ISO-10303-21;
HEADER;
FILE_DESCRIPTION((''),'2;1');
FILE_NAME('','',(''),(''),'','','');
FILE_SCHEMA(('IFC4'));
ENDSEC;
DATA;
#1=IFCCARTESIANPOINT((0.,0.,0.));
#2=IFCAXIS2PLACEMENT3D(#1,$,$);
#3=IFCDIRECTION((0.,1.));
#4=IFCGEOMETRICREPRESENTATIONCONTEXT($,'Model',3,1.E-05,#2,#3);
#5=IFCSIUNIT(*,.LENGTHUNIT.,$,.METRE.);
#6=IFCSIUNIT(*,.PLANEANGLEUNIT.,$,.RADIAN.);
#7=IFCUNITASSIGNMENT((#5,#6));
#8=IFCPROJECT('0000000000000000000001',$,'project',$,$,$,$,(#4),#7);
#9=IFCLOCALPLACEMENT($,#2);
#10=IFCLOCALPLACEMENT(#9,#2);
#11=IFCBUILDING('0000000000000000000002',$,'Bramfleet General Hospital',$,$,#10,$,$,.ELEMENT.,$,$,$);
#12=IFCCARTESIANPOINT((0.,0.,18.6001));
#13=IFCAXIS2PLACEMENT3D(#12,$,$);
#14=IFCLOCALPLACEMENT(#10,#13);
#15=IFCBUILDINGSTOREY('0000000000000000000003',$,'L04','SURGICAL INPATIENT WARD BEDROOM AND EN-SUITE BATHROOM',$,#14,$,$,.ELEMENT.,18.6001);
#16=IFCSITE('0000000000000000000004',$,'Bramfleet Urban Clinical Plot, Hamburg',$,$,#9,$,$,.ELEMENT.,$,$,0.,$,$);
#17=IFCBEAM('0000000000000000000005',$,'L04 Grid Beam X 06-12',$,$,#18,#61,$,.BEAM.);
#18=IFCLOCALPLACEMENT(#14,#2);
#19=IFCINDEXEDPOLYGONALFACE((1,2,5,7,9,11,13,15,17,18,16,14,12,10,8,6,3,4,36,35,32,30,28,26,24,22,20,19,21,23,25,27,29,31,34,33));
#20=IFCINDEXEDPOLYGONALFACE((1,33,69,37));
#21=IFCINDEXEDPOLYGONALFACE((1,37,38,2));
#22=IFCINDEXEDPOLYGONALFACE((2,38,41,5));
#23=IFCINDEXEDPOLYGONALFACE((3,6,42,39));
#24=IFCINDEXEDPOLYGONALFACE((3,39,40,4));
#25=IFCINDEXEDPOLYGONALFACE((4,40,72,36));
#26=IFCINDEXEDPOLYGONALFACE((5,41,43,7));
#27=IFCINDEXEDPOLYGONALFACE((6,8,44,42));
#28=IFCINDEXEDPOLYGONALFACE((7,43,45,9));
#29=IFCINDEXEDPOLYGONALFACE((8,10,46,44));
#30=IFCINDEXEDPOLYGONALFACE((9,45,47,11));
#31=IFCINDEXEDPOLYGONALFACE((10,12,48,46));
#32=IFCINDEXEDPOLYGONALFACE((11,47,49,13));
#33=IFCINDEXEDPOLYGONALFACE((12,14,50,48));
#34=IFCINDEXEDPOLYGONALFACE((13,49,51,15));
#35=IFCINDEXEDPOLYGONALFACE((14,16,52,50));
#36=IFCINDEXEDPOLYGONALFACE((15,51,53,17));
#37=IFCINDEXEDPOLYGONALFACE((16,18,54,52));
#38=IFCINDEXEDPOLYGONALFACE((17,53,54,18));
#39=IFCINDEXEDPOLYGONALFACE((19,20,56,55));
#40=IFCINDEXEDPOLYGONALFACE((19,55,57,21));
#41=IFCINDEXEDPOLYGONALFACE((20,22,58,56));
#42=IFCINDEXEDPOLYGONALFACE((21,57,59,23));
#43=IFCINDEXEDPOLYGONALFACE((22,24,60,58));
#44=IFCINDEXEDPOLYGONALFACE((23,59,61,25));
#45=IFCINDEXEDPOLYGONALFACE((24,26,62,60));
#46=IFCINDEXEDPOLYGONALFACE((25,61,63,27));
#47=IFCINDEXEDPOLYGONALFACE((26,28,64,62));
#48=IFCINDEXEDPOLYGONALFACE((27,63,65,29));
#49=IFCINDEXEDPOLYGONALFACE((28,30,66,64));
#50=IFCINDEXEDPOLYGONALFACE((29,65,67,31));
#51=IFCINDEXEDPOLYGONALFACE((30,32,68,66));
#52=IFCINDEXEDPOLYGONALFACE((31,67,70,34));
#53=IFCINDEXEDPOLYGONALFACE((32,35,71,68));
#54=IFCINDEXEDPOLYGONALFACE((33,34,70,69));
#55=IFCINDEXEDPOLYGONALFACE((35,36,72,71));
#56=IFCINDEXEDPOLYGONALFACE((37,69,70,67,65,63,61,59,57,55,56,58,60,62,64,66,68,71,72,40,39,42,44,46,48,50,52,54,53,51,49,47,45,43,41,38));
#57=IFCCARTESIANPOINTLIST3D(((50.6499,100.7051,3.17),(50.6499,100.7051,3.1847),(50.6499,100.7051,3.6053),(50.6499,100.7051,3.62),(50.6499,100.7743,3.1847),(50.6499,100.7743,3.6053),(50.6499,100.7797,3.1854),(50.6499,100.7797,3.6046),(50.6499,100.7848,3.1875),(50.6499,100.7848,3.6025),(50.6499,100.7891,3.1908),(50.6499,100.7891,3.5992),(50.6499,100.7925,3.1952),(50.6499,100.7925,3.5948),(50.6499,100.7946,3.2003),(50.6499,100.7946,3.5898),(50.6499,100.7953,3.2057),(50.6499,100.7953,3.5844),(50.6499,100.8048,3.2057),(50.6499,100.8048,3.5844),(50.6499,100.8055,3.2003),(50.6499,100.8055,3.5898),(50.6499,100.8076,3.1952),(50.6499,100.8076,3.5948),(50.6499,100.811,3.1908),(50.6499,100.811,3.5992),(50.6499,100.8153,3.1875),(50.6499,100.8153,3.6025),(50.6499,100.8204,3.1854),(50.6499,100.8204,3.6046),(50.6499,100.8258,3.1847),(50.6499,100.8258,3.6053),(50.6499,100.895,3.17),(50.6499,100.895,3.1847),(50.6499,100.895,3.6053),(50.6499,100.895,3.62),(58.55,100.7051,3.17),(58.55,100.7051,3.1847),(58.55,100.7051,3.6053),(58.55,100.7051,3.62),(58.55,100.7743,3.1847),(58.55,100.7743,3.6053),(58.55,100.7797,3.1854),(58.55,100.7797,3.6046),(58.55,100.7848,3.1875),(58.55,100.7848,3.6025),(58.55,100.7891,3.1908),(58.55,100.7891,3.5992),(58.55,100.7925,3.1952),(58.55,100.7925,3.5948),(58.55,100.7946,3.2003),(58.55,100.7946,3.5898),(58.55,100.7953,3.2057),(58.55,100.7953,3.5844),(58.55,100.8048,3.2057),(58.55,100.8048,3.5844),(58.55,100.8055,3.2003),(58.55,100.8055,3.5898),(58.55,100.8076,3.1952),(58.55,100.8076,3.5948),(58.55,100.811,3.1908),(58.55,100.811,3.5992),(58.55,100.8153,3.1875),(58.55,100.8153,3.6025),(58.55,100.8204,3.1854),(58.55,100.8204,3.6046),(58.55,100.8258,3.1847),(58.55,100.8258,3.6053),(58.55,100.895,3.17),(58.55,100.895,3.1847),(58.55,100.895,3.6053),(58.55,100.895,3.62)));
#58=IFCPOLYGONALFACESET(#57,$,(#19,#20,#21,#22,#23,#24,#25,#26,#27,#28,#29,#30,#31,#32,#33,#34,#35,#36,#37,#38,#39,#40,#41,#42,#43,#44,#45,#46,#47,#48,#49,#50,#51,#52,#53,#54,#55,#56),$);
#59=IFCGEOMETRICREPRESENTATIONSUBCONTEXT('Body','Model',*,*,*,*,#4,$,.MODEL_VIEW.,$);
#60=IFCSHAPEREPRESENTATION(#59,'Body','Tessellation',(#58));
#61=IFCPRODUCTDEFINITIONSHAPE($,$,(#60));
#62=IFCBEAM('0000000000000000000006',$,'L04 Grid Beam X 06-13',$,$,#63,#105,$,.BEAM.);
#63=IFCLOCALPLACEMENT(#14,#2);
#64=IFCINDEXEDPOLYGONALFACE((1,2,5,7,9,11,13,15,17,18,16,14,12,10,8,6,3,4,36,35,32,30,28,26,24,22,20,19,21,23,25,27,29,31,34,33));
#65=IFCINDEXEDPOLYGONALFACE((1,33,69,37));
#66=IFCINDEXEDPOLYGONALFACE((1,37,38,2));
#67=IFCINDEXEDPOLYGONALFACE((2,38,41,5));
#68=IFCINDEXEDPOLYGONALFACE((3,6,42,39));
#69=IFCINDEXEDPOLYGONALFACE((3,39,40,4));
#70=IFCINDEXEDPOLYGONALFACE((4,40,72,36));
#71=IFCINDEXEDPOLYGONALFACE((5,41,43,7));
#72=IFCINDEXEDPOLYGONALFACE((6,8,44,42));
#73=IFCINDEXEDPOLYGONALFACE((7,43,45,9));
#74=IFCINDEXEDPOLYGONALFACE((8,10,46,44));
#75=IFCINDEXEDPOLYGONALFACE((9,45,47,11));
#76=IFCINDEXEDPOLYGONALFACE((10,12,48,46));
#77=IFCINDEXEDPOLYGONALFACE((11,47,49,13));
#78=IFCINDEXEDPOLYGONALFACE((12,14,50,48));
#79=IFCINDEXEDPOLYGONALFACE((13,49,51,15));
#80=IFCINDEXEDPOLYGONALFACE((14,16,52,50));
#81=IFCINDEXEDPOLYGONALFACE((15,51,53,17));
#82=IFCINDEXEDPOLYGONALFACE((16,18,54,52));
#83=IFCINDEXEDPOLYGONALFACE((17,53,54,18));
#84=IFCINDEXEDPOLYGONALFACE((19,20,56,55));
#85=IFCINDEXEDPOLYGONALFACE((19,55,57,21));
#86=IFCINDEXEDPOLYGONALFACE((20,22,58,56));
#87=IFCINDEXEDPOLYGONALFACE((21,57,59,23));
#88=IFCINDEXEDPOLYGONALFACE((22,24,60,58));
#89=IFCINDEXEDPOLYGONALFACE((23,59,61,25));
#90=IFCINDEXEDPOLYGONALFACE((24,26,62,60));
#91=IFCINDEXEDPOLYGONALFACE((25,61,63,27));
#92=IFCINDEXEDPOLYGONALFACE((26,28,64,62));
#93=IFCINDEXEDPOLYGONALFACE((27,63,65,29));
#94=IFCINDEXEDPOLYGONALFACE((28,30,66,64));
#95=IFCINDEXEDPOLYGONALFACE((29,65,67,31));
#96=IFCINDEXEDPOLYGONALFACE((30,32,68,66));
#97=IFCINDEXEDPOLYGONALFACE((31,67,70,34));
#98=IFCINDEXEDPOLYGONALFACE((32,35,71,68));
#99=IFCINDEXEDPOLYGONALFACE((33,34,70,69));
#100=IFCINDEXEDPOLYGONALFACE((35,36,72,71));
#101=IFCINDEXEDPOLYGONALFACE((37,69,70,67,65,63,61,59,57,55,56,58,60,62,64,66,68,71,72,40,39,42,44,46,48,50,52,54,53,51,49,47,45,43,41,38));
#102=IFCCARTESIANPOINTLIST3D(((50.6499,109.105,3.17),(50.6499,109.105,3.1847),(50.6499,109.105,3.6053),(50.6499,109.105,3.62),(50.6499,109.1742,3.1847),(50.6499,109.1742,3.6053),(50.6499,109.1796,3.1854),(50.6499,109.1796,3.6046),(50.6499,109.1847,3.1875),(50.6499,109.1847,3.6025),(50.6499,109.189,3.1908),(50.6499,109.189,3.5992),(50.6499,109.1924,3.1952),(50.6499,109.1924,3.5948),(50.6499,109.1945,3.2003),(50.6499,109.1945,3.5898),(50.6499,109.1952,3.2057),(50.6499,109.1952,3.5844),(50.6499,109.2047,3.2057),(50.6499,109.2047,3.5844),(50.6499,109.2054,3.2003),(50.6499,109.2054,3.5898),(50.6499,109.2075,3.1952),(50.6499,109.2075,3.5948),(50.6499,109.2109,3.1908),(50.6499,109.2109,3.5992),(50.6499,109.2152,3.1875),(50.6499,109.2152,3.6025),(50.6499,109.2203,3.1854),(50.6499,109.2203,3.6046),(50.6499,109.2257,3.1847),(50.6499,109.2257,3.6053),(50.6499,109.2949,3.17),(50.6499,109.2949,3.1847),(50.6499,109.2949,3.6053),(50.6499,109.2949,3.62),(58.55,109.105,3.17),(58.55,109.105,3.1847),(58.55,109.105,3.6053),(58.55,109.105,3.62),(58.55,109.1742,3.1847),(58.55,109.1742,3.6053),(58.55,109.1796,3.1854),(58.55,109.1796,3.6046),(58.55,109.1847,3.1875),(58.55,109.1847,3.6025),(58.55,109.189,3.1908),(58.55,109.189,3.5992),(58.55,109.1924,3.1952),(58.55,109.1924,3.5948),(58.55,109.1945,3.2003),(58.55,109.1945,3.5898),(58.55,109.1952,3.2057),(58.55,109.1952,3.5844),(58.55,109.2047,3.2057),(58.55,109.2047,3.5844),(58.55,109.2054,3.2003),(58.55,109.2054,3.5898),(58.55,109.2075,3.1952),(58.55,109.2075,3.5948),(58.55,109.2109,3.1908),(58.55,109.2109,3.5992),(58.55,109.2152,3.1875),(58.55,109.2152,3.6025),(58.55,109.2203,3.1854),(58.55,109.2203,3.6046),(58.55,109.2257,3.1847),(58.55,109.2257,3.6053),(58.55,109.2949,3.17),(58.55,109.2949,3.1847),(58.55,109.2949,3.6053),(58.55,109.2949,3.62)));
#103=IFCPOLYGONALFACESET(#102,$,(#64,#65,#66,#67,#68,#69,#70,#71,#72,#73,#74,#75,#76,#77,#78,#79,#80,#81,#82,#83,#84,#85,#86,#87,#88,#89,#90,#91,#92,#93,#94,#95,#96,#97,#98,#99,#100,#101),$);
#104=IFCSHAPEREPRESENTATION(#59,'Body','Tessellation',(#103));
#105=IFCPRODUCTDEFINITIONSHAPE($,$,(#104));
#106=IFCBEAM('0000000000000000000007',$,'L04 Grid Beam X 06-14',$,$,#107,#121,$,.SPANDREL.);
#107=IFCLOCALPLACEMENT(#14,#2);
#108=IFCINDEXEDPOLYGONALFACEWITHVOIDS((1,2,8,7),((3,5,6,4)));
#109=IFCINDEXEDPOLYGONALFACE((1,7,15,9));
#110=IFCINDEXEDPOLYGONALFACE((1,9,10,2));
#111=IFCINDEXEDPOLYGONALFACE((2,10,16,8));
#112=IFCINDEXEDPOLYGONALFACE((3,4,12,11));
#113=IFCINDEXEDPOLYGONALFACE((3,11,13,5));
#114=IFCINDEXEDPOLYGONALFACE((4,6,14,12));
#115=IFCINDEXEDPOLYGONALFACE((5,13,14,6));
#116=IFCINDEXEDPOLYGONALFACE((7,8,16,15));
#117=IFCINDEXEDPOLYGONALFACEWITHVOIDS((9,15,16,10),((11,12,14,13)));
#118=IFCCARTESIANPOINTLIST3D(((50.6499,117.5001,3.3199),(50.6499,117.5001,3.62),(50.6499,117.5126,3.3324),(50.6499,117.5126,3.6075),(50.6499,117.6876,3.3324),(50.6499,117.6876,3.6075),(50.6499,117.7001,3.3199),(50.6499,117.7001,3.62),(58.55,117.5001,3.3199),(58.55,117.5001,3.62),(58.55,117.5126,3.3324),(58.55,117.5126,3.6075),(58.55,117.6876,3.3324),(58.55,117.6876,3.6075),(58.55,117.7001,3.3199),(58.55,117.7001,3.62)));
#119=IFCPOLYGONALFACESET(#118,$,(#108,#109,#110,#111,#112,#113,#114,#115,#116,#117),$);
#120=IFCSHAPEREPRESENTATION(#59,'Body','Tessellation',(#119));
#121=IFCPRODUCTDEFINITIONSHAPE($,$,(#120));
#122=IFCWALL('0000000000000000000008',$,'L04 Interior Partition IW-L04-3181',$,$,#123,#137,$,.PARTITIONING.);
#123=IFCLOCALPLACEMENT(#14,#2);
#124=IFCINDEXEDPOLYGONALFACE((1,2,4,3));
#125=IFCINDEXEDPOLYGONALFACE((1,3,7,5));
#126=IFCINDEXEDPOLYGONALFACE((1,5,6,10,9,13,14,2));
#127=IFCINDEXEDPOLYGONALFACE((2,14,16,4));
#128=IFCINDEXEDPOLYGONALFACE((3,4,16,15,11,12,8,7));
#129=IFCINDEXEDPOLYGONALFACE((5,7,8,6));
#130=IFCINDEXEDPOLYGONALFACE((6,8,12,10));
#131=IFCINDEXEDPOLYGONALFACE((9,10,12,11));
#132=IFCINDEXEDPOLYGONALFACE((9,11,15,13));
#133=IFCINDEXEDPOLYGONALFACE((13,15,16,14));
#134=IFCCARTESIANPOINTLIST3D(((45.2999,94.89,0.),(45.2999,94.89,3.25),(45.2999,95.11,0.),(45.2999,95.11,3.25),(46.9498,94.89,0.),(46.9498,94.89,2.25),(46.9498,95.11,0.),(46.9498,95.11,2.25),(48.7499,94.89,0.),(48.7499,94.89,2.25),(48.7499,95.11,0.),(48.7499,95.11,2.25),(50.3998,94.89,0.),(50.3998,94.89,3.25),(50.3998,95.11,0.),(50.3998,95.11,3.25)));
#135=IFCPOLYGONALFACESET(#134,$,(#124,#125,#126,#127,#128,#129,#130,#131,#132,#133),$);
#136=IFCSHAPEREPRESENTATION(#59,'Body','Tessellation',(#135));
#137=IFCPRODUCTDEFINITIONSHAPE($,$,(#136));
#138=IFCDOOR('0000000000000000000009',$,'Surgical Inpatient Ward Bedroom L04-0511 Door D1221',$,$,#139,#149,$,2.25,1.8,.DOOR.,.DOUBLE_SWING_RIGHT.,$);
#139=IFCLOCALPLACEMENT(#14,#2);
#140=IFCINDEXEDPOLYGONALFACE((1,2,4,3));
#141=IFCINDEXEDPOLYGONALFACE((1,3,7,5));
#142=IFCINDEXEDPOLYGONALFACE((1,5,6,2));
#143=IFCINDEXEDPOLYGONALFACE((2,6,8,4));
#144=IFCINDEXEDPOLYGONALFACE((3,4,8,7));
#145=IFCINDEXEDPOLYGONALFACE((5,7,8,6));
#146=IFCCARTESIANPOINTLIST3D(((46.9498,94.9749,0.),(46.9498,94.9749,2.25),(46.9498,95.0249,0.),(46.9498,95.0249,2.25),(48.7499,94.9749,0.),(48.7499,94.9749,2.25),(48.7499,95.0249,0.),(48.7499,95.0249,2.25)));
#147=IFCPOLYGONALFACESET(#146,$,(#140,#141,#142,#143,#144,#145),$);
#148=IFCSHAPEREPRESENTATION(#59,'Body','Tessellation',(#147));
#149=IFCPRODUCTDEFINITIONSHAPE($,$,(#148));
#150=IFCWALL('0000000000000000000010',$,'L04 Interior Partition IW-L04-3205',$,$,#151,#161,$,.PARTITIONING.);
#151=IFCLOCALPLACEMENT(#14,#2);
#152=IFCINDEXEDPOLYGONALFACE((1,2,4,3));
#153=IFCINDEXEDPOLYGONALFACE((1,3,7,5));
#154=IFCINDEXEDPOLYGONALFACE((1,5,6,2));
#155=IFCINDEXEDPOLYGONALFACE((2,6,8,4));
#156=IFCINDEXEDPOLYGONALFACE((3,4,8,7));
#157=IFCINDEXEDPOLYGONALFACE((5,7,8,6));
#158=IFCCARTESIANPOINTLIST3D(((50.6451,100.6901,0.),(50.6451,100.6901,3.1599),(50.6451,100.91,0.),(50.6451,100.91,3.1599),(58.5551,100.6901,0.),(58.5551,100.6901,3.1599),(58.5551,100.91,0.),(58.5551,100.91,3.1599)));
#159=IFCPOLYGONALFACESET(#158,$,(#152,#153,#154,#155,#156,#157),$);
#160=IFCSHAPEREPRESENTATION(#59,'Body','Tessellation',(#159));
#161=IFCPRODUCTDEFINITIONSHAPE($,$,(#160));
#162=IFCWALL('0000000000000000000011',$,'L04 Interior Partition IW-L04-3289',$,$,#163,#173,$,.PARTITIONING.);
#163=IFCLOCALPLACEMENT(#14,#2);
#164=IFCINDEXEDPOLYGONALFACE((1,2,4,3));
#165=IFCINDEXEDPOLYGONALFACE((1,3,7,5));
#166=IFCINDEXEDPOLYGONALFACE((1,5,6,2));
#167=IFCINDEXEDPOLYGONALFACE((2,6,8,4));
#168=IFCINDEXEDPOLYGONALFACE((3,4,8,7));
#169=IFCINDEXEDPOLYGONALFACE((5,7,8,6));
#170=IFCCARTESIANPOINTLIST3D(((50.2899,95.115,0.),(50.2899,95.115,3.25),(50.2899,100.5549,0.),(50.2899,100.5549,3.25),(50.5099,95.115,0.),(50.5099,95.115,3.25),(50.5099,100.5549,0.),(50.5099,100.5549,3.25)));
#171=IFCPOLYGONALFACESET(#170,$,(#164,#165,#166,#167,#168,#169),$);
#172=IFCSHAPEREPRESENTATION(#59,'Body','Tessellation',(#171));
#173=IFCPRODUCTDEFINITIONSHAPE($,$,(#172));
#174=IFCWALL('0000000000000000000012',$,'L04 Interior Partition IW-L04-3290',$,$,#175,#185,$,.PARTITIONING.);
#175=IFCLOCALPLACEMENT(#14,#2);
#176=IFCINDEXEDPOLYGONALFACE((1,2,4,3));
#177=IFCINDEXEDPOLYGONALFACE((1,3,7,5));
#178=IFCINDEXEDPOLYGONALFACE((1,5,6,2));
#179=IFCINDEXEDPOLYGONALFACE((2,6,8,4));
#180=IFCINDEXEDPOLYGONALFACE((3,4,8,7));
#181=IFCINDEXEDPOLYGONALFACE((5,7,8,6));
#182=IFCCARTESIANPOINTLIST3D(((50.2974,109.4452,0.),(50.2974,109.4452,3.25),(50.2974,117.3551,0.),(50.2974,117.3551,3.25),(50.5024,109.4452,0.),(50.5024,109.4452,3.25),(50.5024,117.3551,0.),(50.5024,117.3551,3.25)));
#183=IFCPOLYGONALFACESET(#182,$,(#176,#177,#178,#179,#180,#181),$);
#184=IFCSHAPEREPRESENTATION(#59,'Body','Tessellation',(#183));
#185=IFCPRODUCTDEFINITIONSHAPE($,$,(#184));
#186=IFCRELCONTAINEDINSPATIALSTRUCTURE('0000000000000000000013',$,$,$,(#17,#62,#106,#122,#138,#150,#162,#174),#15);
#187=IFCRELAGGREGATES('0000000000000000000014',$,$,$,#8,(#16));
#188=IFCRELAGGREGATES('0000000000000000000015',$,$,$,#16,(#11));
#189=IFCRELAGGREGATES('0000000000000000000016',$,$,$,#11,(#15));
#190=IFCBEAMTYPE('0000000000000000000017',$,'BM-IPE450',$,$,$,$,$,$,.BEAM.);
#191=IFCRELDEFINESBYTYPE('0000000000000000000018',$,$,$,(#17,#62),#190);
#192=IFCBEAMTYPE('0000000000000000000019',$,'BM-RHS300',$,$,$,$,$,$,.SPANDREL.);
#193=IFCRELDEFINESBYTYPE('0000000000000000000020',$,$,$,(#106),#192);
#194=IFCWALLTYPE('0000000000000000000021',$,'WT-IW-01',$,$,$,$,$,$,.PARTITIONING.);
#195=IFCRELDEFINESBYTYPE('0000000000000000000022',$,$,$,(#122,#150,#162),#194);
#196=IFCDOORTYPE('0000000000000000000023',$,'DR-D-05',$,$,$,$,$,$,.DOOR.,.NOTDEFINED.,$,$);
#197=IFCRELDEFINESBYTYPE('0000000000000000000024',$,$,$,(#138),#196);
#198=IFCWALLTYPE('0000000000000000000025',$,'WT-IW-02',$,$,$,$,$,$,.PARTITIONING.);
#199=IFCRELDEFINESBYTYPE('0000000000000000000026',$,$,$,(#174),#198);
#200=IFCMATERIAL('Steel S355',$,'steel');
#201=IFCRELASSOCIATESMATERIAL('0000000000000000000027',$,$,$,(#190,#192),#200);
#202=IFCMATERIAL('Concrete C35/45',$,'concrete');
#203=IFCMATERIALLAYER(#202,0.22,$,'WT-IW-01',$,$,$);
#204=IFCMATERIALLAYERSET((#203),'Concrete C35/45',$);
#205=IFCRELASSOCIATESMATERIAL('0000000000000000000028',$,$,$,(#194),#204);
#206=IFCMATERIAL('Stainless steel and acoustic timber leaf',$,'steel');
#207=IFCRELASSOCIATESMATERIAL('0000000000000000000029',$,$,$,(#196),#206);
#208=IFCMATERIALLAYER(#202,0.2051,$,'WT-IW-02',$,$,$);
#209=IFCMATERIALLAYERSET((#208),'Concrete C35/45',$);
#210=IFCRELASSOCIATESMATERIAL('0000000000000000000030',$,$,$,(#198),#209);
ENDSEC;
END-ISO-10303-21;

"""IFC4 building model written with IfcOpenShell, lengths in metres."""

from ifc_helpers import new_model, si_unit, direction, frame, frame_2d, origin, origin_2d, place, context, subcontext, project, spatial, rectangle, hollow_rectangle, i_section, extrude, material, layer, layer_set, material_profile, profile_set, type_object, element, fill, save


model = new_model("IFC4")

# Units and contexts
model_context = context("Model", 3, precision=1e-05, world=origin(), true_north=direction((0.0, 1.0)))
body_context = subcontext(model_context, "Body", "Model", "MODEL_VIEW")
ifc_project = project(units=[si_unit("LENGTHUNIT", "METRE"), si_unit("PLANEANGLEUNIT", "RADIAN")], contexts=[model_context])

# Site, building, storey
site_placement = place(None, origin())
site = spatial("IfcSite", under=ifc_project, at=site_placement, Name="Bramfleet Urban Clinical Plot, Hamburg", CompositionType="ELEMENT", RefElevation=0.0)
building_placement = place(site_placement, origin())
building = spatial("IfcBuilding", under=site, at=building_placement, Name="Bramfleet General Hospital", CompositionType="ELEMENT")
storey_placement = place(building_placement, frame((0.0, 0.0, 18.6001)))
storey = spatial("IfcBuildingStorey", under=building, at=storey_placement, Name="L04", Description="SURGICAL INPATIENT WARD BEDROOM AND EN-SUITE BATHROOM", CompositionType="ELEMENT", Elevation=18.6001)

# Beams
ifc_material_1 = material(Name="Steel S355", Category="steel")
ifc_material_profile_1 = material_profile(ifc_material_1, i_section(OverallWidth=0.1899, OverallDepth=0.45, WebThickness=0.0095, FlangeThickness=0.0146, FilletRadius=0.021, at=origin_2d()), Name="IPE 450")
ifc_profile_set_1 = profile_set([ifc_material_profile_1], Name="Steel S355")
beam_type_1 = type_object("IfcBeamType", Name="BM-IPE450", PredefinedType="BEAM", material=ifc_profile_set_1)
for number, where, z_axis, x_axis, name in (
    (1, (50.6499, 100.8, 3.395), (1.0, 0.0, 0.0), (0.0, 1.0, 0.0), "L04 Grid Beam X 06-12"),
    (2, (50.6499, 109.2, 3.395), (1.0, 0.0, 0.0), (0.0, 1.0, 0.0), "L04 Grid Beam X 06-13"),
):
    element("IfcBeam", number, at=place(storey_placement, frame(where, z_axis=z_axis, x_axis=x_axis)), inside=storey, type_object=beam_type_1, Name=name, PredefinedType="BEAM", context=body_context, shape_type="SweptSolid", body=[
        extrude(i_section(OverallWidth=0.1899, OverallDepth=0.45, WebThickness=0.0095, FlangeThickness=0.0146, FilletRadius=0.021, at=origin_2d()), origin(), (0.0, 0.0, 1.0), 7.9001),
    ])
ifc_material_profile_2 = material_profile(ifc_material_1, hollow_rectangle(XDim=0.2, YDim=0.3, WallThickness=0.0125, at=origin_2d()), Name="RHS 300x200x12.5")
ifc_profile_set_2 = profile_set([ifc_material_profile_2], Name="Steel S355")
beam_type_2 = type_object("IfcBeamType", Name="BM-RHS300", PredefinedType="SPANDREL", material=ifc_profile_set_2)
beam_1_placement = place(storey_placement, frame((50.6499, 117.6001, 3.47), z_axis=(1.0, 0.0, 0.0), x_axis=(0.0, 1.0, 0.0)))
element("IfcBeam", 3, at=beam_1_placement, inside=storey, type_object=beam_type_2, Name="L04 Grid Beam X 06-14", PredefinedType="SPANDREL", context=body_context, shape_type="SweptSolid", body=[
    extrude(hollow_rectangle(XDim=0.2, YDim=0.3, WallThickness=0.0125, at=origin_2d()), origin(), (0.0, 0.0, 1.0), 7.9001),
])

# Wall, opening, door
ifc_material_2 = material(Name="Concrete C35/45", Category="concrete")
ifc_layer_1 = layer(ifc_material_2, 0.22, Name="WT-IW-01")
ifc_layer_set_1 = layer_set([ifc_layer_1], Name="Concrete C35/45")
wall_type_1 = type_object("IfcWallType", Name="WT-IW-01", PredefinedType="PARTITIONING", material=ifc_layer_set_1)
wall_1_placement = place(storey_placement, frame((45.3, 95.0, 0.0), z_axis=(0.0, 0.0, 1.0), x_axis=(1.0, 0.0, 0.0)))
wall_1 = element("IfcWall", 4, at=wall_1_placement, inside=storey, type_object=wall_type_1, Name="L04 Interior Partition IW-L04-3181", PredefinedType="PARTITIONING", context=body_context, shape_type="SweptSolid", body=[
    extrude(rectangle(XDim=5.0999, YDim=0.22, at=frame_2d((2.5498, 0.0))), origin(), (0.0, 0.0, 1.0), 3.25),
])
opening_1_placement = place(wall_1_placement, frame((1.6499, 0.0, 0.0)))
opening_1 = element("IfcOpeningElement", 5, at=opening_1_placement, cuts=wall_1, PredefinedType="OPENING", context=body_context, shape_type="SweptSolid", body=[
    extrude(rectangle(XDim=1.8, YDim=2.25, at=frame_2d((0.8999, 1.125))), frame((0.0, 0.1199, 0.0), z_axis=(0.0, -1.0, 0.0), x_axis=(1.0, 0.0, 0.0)), (0.0, 0.0, 1.0), 0.24),
])
ifc_material_3 = material(Name="Stainless steel and acoustic timber leaf", Category="steel")
door_type_1 = type_object("IfcDoorType", Name="DR-D-05", OperationType="NOTDEFINED", PredefinedType="DOOR", material=ifc_material_3)
door_1_placement = place(opening_1_placement, origin())
door_1 = element("IfcDoor", 6, at=door_1_placement, inside=storey, type_object=door_type_1, Name="Surgical Inpatient Ward Bedroom L04-0511 Door D1221", OperationType="DOUBLE_SWING_RIGHT", OverallHeight=2.25, OverallWidth=1.8, PredefinedType="DOOR", context=body_context, shape_type="SweptSolid", body=[
    extrude(rectangle(XDim=1.8, YDim=2.25, at=frame_2d((0.8999, 1.125))), frame((0.0, 0.0249, 0.0), z_axis=(0.0, -1.0, 0.0), x_axis=(1.0, 0.0, 0.0)), (0.0, 0.0, 1.0), 0.05),
])
fill(opening_1, door_1)

# Walls
wall_2_placement = place(storey_placement, frame((50.645, 100.8, 0.0), z_axis=(0.0, 0.0, 1.0), x_axis=(1.0, 0.0, 0.0)))
element("IfcWall", 7, at=wall_2_placement, inside=storey, type_object=wall_type_1, Name="L04 Interior Partition IW-L04-3205", PredefinedType="PARTITIONING", context=body_context, shape_type="SweptSolid", body=[
    extrude(rectangle(XDim=7.9099, YDim=0.22, at=frame_2d((3.9551, 0.0))), origin(), (0.0, 0.0, 1.0), 3.1599),
])
wall_3_placement = place(storey_placement, frame((50.3999, 95.115, 0.0), z_axis=(0.0, 0.0, 1.0), x_axis=(0.0, 1.0, 0.0)))
element("IfcWall", 8, at=wall_3_placement, inside=storey, type_object=wall_type_1, Name="L04 Interior Partition IW-L04-3289", PredefinedType="PARTITIONING", context=body_context, shape_type="SweptSolid", body=[
    extrude(rectangle(XDim=5.4399, YDim=0.22, at=frame_2d((2.72, 0.0))), origin(), (0.0, 0.0, 1.0), 3.25),
])
ifc_layer_2 = layer(ifc_material_2, 0.2051, Name="WT-IW-02")
ifc_layer_set_2 = layer_set([ifc_layer_2], Name="Concrete C35/45")
wall_type_2 = type_object("IfcWallType", Name="WT-IW-02", PredefinedType="PARTITIONING", material=ifc_layer_set_2)
wall_4_placement = place(storey_placement, frame((50.3999, 109.4451, 0.0), z_axis=(0.0, 0.0, 1.0), x_axis=(0.0, 1.0, 0.0)))
element("IfcWall", 9, at=wall_4_placement, inside=storey, type_object=wall_type_2, Name="L04 Interior Partition IW-L04-3290", PredefinedType="PARTITIONING", context=body_context, shape_type="SweptSolid", body=[
    extrude(rectangle(XDim=7.9099, YDim=0.2051, at=frame_2d((3.9551, 0.0))), origin(), (0.0, 0.0, 1.0), 3.25),
])

save(model, "model.ifc")
